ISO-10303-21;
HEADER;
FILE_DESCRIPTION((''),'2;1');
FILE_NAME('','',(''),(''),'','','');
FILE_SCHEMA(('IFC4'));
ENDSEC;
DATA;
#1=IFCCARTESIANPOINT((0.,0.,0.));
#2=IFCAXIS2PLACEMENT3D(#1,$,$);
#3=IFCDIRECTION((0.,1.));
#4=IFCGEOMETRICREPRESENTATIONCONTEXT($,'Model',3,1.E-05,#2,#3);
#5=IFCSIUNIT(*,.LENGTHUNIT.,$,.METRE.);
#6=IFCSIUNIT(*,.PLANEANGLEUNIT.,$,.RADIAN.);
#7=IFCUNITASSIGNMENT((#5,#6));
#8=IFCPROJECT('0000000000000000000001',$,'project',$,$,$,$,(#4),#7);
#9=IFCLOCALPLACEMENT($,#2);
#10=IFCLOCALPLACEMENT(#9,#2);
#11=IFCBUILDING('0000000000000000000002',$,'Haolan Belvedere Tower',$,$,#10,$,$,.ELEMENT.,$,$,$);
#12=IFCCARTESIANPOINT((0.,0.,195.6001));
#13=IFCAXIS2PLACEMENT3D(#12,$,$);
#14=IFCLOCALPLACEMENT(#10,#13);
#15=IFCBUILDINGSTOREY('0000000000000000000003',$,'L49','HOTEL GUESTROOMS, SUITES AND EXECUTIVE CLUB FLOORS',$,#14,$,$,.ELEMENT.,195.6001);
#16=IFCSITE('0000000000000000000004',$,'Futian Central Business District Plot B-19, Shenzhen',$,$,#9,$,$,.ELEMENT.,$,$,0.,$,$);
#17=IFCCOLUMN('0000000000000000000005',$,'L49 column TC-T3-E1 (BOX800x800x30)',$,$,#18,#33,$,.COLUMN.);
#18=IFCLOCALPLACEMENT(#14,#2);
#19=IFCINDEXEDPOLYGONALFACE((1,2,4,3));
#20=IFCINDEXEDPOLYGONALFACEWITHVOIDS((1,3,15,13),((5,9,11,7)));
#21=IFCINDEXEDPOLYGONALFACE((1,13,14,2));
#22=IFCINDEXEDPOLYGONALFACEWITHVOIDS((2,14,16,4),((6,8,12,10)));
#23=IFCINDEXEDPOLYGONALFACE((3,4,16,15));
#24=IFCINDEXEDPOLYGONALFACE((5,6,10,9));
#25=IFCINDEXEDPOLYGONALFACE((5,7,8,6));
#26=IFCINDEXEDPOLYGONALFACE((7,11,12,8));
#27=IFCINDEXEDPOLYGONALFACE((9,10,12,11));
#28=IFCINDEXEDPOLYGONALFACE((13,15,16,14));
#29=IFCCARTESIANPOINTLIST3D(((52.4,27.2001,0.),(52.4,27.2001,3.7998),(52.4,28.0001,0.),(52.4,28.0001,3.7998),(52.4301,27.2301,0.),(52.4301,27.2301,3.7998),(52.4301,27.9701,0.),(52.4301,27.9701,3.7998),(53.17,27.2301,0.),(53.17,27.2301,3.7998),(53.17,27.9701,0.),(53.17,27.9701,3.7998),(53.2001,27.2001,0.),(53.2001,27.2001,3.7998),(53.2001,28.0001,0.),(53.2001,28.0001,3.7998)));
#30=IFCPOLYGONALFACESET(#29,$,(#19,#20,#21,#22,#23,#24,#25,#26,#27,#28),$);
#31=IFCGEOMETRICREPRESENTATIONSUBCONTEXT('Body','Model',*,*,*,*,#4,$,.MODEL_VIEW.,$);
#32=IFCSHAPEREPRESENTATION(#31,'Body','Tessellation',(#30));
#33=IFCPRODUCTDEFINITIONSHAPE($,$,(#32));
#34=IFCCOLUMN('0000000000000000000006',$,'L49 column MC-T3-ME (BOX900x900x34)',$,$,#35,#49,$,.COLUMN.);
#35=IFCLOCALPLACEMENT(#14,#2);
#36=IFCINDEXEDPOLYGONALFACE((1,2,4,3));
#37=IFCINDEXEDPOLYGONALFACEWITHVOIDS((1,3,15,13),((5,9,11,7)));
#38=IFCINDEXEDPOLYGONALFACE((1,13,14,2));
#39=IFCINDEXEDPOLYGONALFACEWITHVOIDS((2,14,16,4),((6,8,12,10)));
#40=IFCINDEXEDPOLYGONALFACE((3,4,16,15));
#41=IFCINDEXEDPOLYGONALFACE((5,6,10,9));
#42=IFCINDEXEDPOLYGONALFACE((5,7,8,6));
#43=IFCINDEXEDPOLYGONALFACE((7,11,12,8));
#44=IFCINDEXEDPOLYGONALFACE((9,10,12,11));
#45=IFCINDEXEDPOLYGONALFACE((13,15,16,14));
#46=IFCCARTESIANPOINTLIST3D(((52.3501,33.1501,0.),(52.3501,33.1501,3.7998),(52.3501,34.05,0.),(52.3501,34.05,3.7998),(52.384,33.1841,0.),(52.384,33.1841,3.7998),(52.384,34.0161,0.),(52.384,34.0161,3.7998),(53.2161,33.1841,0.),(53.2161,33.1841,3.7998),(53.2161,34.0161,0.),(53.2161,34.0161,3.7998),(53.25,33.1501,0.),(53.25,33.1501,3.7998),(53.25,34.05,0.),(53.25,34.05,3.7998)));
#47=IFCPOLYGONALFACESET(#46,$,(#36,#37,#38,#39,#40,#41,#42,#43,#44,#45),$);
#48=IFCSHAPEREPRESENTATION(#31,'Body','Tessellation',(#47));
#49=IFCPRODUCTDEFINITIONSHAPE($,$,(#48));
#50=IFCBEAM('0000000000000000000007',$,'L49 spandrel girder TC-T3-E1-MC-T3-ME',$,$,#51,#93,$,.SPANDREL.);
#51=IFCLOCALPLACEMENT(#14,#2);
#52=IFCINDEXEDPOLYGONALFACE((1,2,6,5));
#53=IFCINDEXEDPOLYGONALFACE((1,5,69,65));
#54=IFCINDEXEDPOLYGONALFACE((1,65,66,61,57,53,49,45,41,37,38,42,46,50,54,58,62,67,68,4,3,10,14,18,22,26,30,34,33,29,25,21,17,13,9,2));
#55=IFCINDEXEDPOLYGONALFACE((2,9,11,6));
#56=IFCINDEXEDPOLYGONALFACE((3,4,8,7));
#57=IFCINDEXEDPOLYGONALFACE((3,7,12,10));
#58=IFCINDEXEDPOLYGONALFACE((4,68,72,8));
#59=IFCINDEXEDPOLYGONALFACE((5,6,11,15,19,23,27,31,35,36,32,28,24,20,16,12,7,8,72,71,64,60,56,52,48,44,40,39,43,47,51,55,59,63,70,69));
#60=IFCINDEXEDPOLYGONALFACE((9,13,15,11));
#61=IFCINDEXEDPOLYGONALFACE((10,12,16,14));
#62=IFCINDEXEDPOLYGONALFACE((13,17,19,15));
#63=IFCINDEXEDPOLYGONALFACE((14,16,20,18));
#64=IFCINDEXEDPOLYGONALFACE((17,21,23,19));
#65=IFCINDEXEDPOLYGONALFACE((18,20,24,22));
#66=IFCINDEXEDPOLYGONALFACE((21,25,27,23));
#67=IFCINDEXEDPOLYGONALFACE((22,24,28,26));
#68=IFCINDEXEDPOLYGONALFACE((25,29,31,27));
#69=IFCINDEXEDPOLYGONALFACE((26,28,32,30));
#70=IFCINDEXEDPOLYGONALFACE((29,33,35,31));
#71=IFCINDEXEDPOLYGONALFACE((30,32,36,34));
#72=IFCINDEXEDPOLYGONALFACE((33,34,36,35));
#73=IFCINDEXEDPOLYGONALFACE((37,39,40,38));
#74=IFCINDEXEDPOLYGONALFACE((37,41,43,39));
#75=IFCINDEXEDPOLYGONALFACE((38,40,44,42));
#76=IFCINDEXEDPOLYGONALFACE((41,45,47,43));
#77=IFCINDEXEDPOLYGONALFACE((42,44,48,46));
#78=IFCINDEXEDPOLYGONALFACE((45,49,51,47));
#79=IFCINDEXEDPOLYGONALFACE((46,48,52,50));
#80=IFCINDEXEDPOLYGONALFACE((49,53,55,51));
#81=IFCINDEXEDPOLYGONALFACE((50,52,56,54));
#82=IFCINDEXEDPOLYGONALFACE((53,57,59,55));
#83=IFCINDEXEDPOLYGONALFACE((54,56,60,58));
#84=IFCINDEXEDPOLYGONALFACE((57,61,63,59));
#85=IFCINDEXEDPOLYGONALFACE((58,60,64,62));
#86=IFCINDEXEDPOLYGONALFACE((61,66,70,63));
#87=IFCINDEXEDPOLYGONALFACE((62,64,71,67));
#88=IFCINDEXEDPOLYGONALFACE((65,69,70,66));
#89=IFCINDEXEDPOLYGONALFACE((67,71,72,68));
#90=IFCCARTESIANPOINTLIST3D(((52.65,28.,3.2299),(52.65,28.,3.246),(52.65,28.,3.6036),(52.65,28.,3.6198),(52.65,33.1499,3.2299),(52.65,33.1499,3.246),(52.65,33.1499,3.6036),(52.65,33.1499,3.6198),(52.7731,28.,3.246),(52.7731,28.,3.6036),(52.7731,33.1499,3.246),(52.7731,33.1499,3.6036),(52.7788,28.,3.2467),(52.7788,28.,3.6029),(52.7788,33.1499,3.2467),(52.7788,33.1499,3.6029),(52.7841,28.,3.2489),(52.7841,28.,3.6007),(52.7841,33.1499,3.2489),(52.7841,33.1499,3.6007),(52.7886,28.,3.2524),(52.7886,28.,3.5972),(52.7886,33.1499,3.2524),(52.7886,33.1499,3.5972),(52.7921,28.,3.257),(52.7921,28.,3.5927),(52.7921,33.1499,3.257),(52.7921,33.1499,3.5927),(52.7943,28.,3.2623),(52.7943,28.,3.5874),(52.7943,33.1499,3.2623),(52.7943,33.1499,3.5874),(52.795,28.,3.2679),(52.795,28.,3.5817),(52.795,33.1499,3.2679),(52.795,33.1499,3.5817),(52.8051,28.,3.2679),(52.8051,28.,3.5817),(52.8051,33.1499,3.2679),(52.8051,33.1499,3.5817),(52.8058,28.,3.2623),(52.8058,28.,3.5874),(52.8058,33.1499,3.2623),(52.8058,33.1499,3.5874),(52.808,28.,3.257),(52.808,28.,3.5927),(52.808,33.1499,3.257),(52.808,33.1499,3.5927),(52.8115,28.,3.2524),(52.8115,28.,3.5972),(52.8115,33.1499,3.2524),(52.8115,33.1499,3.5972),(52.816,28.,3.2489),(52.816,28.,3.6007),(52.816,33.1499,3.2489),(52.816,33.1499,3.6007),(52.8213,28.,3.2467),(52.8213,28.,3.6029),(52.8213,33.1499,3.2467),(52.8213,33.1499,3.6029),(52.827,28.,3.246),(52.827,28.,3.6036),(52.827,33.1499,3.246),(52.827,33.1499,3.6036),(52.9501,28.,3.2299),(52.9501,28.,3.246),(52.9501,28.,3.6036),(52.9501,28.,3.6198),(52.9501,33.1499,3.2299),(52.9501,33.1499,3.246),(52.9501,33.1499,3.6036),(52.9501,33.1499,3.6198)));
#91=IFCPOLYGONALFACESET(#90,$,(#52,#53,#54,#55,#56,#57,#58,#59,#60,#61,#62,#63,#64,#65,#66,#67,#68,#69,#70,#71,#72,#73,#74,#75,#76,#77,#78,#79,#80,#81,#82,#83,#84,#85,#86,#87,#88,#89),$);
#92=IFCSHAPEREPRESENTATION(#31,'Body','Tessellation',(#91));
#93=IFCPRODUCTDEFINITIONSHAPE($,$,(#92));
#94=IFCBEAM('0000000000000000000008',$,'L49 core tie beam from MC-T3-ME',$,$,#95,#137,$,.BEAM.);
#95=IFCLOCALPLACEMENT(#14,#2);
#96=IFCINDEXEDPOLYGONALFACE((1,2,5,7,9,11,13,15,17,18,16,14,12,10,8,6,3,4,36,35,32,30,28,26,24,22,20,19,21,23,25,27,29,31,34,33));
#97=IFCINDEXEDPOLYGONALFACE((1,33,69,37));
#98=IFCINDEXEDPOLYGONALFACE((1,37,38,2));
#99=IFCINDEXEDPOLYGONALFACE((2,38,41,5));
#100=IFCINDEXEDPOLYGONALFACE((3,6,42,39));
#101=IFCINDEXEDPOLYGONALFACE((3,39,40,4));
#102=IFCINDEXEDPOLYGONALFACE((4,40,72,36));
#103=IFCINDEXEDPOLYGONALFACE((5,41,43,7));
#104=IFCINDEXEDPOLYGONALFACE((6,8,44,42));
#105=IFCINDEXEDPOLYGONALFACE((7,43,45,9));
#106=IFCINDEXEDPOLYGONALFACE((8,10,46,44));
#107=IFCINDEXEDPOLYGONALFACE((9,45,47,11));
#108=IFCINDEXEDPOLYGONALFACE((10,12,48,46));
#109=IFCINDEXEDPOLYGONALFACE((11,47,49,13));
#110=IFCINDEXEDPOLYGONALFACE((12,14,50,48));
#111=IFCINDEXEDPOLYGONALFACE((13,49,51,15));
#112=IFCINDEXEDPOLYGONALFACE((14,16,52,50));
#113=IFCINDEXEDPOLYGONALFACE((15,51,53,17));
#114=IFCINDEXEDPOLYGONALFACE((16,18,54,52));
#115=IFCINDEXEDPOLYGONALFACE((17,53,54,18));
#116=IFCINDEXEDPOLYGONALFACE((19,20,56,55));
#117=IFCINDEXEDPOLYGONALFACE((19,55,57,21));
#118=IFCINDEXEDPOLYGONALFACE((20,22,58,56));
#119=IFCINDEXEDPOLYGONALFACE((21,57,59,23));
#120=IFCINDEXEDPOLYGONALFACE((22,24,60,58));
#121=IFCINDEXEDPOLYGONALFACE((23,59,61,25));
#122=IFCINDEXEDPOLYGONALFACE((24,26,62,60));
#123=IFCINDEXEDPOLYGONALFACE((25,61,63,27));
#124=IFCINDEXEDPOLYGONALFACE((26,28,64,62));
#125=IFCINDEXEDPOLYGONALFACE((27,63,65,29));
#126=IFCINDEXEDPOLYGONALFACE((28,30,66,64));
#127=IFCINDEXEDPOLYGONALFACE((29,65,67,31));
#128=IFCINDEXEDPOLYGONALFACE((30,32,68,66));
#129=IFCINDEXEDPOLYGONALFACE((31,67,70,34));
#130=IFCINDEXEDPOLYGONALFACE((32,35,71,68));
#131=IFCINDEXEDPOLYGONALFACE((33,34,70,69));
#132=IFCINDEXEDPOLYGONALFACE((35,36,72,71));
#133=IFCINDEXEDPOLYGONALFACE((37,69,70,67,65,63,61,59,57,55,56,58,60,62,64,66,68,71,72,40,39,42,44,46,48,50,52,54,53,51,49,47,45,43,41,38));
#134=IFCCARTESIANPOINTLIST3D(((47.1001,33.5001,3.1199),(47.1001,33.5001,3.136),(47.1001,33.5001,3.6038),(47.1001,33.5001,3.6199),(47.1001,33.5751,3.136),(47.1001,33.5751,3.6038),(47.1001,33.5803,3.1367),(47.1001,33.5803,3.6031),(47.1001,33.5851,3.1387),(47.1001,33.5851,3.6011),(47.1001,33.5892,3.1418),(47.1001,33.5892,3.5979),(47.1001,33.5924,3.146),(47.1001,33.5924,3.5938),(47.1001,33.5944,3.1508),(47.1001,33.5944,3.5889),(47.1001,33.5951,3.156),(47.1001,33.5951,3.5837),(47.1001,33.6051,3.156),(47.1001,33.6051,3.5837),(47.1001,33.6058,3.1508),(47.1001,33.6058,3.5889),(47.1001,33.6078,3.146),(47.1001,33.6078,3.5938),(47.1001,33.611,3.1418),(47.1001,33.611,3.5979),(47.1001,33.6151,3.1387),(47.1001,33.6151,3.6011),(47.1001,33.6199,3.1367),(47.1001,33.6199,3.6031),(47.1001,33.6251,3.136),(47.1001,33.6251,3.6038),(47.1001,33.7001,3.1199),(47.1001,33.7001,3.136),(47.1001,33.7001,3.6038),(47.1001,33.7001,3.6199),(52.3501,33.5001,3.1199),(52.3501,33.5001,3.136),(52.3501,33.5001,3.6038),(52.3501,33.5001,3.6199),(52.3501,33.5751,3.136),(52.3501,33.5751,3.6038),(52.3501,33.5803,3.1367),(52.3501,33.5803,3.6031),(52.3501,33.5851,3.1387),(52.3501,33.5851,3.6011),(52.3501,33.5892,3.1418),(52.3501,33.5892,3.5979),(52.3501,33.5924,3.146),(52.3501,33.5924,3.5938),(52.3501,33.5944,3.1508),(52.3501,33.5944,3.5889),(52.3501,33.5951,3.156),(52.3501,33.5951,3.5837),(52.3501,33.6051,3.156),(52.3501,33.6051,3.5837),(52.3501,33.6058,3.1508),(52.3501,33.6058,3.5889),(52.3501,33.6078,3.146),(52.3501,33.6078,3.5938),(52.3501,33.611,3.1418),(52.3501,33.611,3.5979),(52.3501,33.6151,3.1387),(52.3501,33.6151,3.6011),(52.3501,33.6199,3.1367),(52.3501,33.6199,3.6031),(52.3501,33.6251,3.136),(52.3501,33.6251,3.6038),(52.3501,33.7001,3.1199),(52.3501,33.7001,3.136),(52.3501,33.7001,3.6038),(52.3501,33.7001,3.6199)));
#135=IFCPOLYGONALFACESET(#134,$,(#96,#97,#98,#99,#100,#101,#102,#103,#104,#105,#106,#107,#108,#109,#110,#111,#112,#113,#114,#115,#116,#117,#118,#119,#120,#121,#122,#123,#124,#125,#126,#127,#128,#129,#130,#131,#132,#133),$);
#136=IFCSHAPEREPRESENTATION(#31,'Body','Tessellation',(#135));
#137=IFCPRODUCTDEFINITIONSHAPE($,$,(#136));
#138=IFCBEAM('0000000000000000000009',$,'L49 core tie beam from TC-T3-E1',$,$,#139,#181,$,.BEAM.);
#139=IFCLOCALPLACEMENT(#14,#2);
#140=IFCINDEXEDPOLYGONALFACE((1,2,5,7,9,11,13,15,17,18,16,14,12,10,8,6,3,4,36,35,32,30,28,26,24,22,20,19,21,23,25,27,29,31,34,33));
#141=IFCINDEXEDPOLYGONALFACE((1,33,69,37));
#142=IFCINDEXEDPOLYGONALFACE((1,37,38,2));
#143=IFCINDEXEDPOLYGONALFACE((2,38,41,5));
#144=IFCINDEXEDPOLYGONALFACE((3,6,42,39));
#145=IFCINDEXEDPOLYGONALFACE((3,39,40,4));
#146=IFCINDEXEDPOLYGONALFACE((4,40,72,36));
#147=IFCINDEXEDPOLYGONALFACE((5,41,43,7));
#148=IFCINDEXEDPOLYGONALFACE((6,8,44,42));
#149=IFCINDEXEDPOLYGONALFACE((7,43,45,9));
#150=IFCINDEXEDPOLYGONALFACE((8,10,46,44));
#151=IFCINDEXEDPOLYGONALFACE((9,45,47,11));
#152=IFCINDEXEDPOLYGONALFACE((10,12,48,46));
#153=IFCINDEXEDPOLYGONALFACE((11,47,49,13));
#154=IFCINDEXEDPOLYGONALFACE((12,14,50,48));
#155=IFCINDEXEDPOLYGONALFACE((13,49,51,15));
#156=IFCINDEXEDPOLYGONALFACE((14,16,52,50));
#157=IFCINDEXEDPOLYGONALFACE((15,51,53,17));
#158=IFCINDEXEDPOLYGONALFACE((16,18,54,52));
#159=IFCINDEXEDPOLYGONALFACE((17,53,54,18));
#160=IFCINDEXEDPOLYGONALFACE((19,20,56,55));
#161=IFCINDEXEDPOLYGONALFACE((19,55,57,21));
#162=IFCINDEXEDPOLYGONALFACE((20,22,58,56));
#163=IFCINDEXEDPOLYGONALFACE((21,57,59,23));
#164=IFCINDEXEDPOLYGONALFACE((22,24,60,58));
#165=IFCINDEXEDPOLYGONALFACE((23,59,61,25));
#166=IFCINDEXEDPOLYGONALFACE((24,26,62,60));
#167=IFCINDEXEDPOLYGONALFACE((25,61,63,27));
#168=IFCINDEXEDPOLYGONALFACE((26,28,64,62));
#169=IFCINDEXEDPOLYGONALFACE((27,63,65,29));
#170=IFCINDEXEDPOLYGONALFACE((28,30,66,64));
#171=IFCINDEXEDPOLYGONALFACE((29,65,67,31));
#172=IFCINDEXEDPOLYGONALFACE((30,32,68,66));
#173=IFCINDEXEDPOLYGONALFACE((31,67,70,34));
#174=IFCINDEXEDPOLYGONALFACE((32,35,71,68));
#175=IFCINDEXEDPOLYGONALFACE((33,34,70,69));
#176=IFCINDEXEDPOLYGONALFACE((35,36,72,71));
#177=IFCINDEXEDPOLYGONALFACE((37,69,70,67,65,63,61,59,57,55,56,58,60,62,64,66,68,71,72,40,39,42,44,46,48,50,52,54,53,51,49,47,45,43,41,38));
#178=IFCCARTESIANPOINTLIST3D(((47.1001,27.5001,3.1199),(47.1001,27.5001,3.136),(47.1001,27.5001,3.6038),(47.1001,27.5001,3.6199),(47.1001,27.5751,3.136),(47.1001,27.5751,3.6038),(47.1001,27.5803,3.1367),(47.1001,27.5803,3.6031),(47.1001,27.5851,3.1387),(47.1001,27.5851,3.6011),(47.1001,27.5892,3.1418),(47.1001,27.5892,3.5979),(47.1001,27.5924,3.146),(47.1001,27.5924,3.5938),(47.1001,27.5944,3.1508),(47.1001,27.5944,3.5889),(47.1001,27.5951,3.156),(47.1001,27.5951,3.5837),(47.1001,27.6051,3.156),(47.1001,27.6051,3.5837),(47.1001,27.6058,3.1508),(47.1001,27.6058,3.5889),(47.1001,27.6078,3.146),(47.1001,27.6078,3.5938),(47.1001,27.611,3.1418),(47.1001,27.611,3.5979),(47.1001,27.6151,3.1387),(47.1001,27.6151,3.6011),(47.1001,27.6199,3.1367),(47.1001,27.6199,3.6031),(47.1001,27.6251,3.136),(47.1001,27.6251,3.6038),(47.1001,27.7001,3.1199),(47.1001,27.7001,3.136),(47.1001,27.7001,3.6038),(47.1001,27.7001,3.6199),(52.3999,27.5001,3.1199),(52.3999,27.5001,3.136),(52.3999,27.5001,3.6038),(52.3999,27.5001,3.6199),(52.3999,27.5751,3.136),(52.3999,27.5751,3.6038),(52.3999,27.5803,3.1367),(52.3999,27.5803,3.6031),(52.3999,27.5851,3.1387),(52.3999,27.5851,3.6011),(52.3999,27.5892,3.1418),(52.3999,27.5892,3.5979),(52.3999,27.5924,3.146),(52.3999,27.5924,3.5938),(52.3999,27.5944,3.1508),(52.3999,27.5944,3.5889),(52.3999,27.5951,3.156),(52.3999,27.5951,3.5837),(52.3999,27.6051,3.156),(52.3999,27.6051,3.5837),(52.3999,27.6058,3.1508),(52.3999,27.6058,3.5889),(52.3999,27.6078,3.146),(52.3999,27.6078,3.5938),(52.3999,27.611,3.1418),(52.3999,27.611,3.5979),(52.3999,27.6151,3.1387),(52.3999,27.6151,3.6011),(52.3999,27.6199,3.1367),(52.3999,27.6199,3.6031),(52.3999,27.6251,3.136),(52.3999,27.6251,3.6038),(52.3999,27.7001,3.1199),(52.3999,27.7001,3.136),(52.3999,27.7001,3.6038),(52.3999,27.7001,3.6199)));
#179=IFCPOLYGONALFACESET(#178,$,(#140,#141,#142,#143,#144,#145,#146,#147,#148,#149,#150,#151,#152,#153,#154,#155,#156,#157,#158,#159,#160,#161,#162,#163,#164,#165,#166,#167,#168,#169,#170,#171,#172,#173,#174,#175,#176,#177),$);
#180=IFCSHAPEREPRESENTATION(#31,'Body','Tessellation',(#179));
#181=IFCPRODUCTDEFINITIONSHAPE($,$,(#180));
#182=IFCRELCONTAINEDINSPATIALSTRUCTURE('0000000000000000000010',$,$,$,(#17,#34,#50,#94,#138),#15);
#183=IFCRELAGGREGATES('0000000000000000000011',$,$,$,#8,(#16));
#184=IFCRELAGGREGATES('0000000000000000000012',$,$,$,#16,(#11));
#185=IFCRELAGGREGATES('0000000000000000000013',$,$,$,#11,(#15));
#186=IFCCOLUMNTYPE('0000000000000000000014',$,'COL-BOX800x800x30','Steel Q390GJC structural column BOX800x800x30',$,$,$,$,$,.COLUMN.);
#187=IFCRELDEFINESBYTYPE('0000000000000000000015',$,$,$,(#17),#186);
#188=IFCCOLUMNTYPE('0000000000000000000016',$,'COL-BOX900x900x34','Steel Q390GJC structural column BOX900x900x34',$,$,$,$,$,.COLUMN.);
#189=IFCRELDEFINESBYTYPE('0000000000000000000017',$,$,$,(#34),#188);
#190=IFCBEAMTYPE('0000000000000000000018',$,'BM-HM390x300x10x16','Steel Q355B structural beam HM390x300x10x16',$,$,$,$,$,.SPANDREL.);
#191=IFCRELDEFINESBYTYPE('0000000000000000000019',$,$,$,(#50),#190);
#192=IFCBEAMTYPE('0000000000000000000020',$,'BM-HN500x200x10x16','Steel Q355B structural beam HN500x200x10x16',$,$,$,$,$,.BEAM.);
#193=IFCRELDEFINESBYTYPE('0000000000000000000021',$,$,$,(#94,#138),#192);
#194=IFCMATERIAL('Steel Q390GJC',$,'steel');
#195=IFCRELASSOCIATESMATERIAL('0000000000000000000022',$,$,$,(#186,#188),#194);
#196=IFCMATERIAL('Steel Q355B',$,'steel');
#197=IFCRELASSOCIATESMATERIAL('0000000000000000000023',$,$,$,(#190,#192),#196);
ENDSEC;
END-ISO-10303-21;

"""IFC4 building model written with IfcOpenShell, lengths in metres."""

from ifc_helpers import new_model, si_unit, direction, frame, origin, origin_2d, place, context, subcontext, project, spatial, hollow_rectangle, i_section, extrude, material, material_profile, profile_set, type_object, element, save


model = new_model("IFC4")

# Units and contexts
model_context = context("Model", 3, precision=1e-05, world=origin(), true_north=direction((0.0, 1.0)))
body_context = subcontext(model_context, "Body", "Model", "MODEL_VIEW")
ifc_project = project(units=[si_unit("LENGTHUNIT", "METRE"), si_unit("PLANEANGLEUNIT", "RADIAN")], contexts=[model_context])

# Site, building, storey
site_placement = place(None, origin())
site = spatial("IfcSite", under=ifc_project, at=site_placement, Name="Futian Central Business District Plot B-19, Shenzhen", CompositionType="ELEMENT", RefElevation=0.0)
building_placement = place(site_placement, origin())
building = spatial("IfcBuilding", under=site, at=building_placement, Name="Haolan Belvedere Tower", CompositionType="ELEMENT")
storey_placement = place(building_placement, frame((0.0, 0.0, 195.6001)))
storey = spatial("IfcBuildingStorey", under=building, at=storey_placement, Name="L49", Description="HOTEL GUESTROOMS, SUITES AND EXECUTIVE CLUB FLOORS", CompositionType="ELEMENT", Elevation=195.6001)

# Columns
ifc_material_1 = material(Name="Steel Q390GJC", Category="steel")
ifc_material_profile_1 = material_profile(ifc_material_1, hollow_rectangle(XDim=0.8, YDim=0.8, WallThickness=0.03, at=origin_2d()), Name="Steel Q390GJC")
ifc_profile_set_1 = profile_set([ifc_material_profile_1], Name="Steel Q390GJC")
column_type_1 = type_object("IfcColumnType", Name="COL-BOX800x800x30", Description="Steel Q390GJC structural column BOX800x800x30", PredefinedType="COLUMN", material=ifc_profile_set_1)
column_1_placement = place(storey_placement, frame((52.8, 27.6001, 0.0), z_axis=(0.0, 0.0, 1.0), x_axis=(1.0, 0.0, 0.0)))
element("IfcColumn", 1, at=column_1_placement, inside=storey, type_object=column_type_1, Name="L49 column TC-T3-E1 (BOX800x800x30)", PredefinedType="COLUMN", context=body_context, shape_type="SweptSolid", body=[
    extrude(hollow_rectangle(XDim=0.8, YDim=0.8, WallThickness=0.03, at=origin_2d()), origin(), (0.0, 0.0, 1.0), 3.7998),
])
ifc_material_profile_2 = material_profile(ifc_material_1, hollow_rectangle(XDim=0.8999, YDim=0.8999, WallThickness=0.0339, at=origin_2d()), Name="Steel Q390GJC")
ifc_profile_set_2 = profile_set([ifc_material_profile_2], Name="Steel Q390GJC")
column_type_2 = type_object("IfcColumnType", Name="COL-BOX900x900x34", Description="Steel Q390GJC structural column BOX900x900x34", PredefinedType="COLUMN", material=ifc_profile_set_2)
column_2_placement = place(storey_placement, frame((52.8, 33.6001, 0.0), z_axis=(0.0, 0.0, 1.0), x_axis=(1.0, 0.0, 0.0)))
element("IfcColumn", 2, at=column_2_placement, inside=storey, type_object=column_type_2, Name="L49 column MC-T3-ME (BOX900x900x34)", PredefinedType="COLUMN", context=body_context, shape_type="SweptSolid", body=[
    extrude(hollow_rectangle(XDim=0.8999, YDim=0.8999, WallThickness=0.0339, at=origin_2d()), origin(), (0.0, 0.0, 1.0), 3.7998),
])

# Beams
ifc_material_2 = material(Name="Steel Q355B", Category="steel")
ifc_material_profile_3 = material_profile(ifc_material_2, i_section(OverallWidth=0.3, OverallDepth=0.3899, WebThickness=0.01, FlangeThickness=0.0161, FilletRadius=0.022, at=origin_2d()), Name="Steel Q355B")
ifc_profile_set_3 = profile_set([ifc_material_profile_3], Name="Steel Q355B")
beam_type_1 = type_object("IfcBeamType", Name="BM-HM390x300x10x16", Description="Steel Q355B structural beam HM390x300x10x16", PredefinedType="SPANDREL", material=ifc_profile_set_3)
beam_1_placement = place(storey_placement, frame((52.8, 28.0, 3.4248), z_axis=(0.0, 1.0, 0.0), x_axis=(-1.0, 0.0, 0.0)))
element("IfcBeam", 3, at=beam_1_placement, inside=storey, type_object=beam_type_1, Name="L49 spandrel girder TC-T3-E1-MC-T3-ME", PredefinedType="SPANDREL", context=body_context, shape_type="SweptSolid", body=[
    extrude(i_section(OverallWidth=0.3, OverallDepth=0.3899, WebThickness=0.01, FlangeThickness=0.0161, FilletRadius=0.022, at=origin_2d()), origin(), (0.0, 0.0, 1.0), 5.1499),
])
ifc_material_profile_4 = material_profile(ifc_material_2, i_section(OverallWidth=0.2, OverallDepth=0.5, WebThickness=0.01, FlangeThickness=0.0161, FilletRadius=0.02, at=origin_2d()), Name="Steel Q355B")
ifc_profile_set_4 = profile_set([ifc_material_profile_4], Name="Steel Q355B")
beam_type_2 = type_object("IfcBeamType", Name="BM-HN500x200x10x16", Description="Steel Q355B structural beam HN500x200x10x16", PredefinedType="BEAM", material=ifc_profile_set_4)
beam_2_placement = place(storey_placement, frame((52.3501, 33.6001, 3.3699), z_axis=(-1.0, 0.0, 0.0), x_axis=(0.0, -1.0, 0.0)))
element("IfcBeam", 4, at=beam_2_placement, inside=storey, type_object=beam_type_2, Name="L49 core tie beam from MC-T3-ME", PredefinedType="BEAM", context=body_context, shape_type="SweptSolid", body=[
    extrude(i_section(OverallWidth=0.2, OverallDepth=0.5, WebThickness=0.01, FlangeThickness=0.0161, FilletRadius=0.02, at=origin_2d()), origin(), (0.0, 0.0, 1.0), 5.25),
])
beam_3_placement = place(storey_placement, frame((52.3999, 27.6001, 3.3699), z_axis=(-1.0, 0.0, 0.0), x_axis=(0.0, -1.0, 0.0)))
element("IfcBeam", 5, at=beam_3_placement, inside=storey, type_object=beam_type_2, Name="L49 core tie beam from TC-T3-E1", PredefinedType="BEAM", context=body_context, shape_type="SweptSolid", body=[
    extrude(i_section(OverallWidth=0.2, OverallDepth=0.5, WebThickness=0.01, FlangeThickness=0.0161, FilletRadius=0.02, at=origin_2d()), origin(), (0.0, 0.0, 1.0), 5.2998),
])

save(model, "model.ifc")
